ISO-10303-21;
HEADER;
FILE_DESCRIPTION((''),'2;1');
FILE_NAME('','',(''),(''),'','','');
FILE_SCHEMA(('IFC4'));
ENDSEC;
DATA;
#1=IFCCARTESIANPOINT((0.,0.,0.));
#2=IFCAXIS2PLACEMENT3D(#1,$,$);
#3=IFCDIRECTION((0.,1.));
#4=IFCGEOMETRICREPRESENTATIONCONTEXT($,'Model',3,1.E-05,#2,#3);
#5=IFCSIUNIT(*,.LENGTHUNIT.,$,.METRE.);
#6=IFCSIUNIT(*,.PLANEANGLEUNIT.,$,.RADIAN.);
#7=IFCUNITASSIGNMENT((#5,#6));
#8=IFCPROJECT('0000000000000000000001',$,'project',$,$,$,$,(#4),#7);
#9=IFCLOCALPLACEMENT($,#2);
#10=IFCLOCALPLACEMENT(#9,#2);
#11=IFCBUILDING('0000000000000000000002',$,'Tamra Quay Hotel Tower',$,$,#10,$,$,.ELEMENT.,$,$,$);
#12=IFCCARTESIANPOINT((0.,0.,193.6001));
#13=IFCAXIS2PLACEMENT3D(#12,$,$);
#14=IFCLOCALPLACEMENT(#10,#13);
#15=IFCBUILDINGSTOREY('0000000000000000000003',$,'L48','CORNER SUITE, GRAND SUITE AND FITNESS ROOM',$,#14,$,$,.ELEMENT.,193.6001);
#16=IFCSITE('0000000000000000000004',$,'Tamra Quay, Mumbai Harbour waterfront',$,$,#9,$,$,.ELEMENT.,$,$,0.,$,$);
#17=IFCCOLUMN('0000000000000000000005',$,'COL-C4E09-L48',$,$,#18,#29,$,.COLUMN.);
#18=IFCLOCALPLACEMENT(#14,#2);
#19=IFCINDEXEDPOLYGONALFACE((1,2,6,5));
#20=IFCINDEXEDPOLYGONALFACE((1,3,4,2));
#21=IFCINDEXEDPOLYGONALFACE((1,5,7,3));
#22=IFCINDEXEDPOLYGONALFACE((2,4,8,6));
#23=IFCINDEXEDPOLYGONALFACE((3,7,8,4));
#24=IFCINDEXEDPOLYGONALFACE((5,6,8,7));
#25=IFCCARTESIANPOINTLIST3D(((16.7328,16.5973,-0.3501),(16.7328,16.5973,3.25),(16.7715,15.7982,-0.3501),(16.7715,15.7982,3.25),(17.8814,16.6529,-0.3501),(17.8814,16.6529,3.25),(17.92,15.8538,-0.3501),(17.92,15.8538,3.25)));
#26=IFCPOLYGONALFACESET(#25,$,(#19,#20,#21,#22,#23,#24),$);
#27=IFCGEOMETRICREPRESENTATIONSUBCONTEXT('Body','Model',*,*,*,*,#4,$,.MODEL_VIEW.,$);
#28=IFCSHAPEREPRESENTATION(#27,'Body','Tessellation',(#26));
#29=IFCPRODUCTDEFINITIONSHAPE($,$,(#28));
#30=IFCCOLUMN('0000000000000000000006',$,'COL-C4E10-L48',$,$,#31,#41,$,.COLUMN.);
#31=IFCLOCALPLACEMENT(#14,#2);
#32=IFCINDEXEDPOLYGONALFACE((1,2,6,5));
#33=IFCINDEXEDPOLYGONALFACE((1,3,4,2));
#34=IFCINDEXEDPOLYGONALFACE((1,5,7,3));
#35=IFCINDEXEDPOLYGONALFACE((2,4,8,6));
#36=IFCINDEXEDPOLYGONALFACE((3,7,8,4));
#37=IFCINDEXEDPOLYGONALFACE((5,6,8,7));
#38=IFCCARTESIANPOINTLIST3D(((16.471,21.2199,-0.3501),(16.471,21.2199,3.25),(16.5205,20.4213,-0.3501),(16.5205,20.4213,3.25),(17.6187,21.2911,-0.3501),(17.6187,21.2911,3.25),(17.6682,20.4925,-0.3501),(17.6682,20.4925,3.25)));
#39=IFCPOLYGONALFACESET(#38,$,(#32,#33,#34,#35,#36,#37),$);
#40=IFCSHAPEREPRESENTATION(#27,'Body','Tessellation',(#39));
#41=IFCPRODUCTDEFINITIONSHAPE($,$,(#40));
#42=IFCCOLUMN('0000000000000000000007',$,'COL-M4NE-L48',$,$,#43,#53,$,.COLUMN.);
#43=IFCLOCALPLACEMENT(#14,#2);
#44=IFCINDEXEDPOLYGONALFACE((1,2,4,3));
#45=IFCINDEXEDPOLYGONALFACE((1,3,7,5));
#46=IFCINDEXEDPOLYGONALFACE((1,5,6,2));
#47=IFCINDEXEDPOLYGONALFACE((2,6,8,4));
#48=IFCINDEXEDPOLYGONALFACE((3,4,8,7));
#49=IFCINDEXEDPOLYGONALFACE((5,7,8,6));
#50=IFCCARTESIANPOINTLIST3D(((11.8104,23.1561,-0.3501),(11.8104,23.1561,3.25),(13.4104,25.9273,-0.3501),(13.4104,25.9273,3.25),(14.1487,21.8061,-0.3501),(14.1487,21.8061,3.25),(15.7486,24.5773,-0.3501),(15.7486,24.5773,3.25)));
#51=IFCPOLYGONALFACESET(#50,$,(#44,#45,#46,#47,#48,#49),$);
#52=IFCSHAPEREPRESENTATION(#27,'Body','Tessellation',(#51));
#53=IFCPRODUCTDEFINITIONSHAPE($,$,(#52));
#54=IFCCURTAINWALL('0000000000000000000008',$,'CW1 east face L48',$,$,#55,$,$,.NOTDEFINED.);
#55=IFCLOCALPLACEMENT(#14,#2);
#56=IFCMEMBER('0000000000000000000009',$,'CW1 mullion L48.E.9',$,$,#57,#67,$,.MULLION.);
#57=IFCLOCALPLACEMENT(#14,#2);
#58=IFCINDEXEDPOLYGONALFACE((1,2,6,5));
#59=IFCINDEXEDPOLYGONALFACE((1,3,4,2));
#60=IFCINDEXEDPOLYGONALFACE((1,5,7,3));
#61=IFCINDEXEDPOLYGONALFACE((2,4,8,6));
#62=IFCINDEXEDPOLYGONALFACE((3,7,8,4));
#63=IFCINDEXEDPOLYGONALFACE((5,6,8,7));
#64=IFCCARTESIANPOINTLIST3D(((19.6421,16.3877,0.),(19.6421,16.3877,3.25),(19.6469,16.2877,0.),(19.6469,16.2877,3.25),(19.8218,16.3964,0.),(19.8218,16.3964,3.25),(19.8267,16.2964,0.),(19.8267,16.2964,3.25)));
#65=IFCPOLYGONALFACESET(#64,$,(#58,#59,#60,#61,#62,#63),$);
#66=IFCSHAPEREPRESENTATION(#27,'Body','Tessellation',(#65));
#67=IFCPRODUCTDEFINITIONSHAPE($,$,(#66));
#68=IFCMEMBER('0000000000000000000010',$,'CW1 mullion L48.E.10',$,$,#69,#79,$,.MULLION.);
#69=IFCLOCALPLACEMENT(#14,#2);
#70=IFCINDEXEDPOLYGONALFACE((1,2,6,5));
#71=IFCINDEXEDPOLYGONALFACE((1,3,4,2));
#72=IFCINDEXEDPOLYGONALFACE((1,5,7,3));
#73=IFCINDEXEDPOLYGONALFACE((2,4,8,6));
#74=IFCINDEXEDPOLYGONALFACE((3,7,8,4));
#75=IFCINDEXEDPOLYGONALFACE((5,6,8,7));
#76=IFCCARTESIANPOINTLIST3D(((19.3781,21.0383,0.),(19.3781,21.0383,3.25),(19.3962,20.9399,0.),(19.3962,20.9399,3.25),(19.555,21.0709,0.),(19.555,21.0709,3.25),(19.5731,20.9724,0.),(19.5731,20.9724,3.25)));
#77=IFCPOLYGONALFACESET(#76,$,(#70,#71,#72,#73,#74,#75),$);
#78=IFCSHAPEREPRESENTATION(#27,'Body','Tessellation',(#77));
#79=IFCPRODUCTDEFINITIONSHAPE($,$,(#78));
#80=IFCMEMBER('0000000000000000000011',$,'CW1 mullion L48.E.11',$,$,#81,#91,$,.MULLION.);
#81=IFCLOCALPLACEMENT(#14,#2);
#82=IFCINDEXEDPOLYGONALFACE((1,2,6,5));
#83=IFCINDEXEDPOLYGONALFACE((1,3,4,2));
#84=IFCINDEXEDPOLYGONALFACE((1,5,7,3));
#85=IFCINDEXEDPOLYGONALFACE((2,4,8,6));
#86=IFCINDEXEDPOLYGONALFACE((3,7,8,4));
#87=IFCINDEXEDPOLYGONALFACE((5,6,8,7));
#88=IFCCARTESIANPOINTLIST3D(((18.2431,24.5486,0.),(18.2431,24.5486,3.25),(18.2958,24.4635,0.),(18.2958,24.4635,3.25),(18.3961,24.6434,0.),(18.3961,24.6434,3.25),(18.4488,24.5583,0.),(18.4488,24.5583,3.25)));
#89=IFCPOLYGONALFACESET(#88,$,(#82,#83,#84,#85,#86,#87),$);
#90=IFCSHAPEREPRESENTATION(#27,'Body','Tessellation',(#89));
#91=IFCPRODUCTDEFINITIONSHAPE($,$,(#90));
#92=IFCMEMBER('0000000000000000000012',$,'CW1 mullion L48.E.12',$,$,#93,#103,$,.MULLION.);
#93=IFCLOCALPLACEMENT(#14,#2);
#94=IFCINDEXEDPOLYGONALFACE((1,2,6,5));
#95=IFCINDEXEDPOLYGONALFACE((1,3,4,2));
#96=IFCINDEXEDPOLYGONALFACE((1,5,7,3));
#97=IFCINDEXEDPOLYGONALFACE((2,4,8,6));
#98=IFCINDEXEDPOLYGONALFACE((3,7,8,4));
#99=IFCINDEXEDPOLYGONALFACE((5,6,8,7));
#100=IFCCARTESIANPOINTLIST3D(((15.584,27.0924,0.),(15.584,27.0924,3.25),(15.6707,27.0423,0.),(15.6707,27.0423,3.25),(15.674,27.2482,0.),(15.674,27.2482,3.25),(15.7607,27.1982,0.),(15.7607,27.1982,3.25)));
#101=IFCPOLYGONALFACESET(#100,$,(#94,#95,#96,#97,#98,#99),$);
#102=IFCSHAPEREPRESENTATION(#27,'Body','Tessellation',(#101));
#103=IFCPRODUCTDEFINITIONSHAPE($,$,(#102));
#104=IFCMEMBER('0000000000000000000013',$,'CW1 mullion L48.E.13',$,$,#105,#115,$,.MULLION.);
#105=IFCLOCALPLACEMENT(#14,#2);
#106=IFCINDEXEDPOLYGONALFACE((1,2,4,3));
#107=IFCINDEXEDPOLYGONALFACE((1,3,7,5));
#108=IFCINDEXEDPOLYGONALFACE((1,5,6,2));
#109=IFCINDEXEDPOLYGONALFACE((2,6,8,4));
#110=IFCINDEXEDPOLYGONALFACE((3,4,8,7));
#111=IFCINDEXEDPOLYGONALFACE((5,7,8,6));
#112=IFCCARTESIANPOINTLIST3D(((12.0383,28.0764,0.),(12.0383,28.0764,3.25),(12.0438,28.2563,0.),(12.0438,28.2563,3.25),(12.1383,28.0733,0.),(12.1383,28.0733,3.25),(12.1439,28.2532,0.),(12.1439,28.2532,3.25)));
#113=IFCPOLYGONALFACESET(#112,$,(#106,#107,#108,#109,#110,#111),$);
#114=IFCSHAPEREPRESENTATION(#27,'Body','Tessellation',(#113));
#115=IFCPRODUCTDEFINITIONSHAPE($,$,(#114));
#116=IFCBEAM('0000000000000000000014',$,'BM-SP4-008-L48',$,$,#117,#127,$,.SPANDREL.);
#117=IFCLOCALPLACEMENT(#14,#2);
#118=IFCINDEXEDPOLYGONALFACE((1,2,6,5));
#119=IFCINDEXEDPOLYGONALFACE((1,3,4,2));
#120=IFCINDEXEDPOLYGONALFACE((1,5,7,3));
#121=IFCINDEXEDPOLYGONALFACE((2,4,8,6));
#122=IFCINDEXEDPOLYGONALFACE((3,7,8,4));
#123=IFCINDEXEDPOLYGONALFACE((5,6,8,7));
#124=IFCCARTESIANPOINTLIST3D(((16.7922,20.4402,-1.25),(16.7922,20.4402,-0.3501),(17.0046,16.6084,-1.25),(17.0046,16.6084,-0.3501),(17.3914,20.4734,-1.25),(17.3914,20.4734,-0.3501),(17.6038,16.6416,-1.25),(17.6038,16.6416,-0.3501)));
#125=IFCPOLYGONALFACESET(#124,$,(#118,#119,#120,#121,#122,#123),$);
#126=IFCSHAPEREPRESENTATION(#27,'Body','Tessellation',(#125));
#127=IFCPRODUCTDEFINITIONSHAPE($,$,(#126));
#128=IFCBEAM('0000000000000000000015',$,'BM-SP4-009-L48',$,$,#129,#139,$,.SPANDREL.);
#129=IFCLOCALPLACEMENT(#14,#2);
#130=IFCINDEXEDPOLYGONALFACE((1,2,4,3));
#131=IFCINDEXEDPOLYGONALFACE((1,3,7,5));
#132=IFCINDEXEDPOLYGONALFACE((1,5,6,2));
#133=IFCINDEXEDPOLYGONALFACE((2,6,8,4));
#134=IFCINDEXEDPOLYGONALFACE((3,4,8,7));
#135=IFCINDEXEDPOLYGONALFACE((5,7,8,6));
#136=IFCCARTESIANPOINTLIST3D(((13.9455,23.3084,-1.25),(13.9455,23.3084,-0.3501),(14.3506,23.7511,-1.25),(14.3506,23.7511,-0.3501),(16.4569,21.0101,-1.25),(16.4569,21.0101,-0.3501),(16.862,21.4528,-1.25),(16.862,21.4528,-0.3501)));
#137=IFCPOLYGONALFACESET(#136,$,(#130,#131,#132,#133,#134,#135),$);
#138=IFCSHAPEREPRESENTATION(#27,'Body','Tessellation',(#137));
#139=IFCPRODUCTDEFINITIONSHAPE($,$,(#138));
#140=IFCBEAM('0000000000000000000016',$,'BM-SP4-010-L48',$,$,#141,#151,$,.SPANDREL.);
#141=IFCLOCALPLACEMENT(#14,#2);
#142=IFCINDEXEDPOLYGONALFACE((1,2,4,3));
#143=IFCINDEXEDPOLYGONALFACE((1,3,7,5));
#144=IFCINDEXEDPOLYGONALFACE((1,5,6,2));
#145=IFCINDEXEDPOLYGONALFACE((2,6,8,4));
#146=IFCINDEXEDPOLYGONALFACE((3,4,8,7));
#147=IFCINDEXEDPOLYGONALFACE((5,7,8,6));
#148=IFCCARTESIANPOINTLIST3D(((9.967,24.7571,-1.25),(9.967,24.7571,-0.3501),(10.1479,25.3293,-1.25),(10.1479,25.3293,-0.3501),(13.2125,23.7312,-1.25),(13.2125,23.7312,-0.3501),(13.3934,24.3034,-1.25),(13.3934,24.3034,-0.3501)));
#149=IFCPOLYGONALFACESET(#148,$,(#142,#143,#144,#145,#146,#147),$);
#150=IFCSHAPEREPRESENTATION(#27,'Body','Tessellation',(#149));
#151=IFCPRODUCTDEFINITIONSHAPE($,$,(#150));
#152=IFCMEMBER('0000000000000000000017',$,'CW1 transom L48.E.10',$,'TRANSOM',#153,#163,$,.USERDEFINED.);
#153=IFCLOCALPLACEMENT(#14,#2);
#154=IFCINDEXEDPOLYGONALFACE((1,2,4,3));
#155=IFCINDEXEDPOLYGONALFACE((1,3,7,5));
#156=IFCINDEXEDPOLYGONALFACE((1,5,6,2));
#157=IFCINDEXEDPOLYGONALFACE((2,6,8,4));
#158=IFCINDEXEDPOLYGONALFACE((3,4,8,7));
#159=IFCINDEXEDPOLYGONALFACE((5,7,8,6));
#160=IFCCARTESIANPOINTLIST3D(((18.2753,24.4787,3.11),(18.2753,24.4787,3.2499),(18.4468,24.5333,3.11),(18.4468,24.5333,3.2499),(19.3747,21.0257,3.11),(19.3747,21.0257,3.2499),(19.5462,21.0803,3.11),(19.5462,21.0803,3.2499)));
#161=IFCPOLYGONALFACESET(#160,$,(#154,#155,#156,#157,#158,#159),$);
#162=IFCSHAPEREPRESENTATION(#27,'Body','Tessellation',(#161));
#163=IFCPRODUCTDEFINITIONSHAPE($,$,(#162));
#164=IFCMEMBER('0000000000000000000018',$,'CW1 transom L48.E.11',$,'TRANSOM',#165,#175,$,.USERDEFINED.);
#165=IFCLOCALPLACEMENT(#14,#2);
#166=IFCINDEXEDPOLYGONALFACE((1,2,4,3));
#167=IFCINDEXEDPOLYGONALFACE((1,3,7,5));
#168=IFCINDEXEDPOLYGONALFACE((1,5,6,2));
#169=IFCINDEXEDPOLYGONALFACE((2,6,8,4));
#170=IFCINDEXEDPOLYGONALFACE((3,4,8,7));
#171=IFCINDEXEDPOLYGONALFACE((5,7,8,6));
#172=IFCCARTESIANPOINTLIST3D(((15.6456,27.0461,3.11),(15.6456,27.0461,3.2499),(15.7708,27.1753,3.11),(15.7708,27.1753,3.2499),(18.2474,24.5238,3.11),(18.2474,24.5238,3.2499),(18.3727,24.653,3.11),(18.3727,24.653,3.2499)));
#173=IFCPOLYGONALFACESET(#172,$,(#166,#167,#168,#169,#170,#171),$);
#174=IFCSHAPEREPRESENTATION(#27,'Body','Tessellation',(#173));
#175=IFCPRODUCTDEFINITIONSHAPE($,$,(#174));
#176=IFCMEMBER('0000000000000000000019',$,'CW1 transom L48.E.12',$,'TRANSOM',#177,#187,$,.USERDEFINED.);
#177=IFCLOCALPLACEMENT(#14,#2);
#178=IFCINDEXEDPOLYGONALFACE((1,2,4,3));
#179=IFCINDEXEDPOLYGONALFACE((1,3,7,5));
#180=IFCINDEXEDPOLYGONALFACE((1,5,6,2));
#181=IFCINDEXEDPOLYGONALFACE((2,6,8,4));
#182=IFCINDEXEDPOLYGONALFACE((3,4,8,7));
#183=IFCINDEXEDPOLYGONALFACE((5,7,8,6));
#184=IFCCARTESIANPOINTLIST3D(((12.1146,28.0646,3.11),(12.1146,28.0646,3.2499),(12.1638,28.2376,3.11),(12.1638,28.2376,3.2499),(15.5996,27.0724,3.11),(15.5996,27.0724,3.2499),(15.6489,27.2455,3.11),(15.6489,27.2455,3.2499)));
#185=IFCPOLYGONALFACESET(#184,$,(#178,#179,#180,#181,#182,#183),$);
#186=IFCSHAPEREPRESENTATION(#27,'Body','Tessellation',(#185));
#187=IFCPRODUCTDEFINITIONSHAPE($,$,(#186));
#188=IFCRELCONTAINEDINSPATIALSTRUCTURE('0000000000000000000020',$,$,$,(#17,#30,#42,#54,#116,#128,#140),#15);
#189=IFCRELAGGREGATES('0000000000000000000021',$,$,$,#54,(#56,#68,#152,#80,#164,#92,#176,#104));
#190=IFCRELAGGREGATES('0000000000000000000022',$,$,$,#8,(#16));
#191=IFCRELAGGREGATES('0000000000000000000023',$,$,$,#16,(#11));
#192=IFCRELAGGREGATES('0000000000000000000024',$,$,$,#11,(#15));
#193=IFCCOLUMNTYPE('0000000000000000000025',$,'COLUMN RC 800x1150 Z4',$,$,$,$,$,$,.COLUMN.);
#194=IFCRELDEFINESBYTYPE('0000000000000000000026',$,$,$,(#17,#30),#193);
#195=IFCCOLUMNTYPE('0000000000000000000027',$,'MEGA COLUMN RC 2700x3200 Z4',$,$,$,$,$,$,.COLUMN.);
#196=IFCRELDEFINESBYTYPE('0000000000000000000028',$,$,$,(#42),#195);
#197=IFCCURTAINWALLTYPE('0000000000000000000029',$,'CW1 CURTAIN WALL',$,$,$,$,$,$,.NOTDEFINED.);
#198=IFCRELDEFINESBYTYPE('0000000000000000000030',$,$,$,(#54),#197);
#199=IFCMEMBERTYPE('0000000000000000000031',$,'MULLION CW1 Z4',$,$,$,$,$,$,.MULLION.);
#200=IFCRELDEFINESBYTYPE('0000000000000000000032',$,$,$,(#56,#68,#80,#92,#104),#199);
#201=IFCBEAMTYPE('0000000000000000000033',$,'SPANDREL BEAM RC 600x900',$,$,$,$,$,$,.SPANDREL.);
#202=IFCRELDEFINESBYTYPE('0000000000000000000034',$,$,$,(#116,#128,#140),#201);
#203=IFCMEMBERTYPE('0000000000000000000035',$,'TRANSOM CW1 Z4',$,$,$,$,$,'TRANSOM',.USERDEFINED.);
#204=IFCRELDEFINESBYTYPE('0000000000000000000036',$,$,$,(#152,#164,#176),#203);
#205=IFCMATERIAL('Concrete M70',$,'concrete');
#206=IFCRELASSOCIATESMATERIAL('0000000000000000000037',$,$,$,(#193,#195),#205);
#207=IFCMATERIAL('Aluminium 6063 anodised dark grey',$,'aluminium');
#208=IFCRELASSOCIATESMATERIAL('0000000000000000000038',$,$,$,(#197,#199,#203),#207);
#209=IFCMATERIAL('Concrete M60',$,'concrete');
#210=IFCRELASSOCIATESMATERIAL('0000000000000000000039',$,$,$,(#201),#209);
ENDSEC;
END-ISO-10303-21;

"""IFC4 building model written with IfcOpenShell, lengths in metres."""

from ifc_helpers import new_model, si_unit, direction, frame, origin, origin_2d, place, context, subcontext, project, spatial, rectangle, extrude, material, material_profile, profile_set, type_object, element, aggregate, save


model = new_model("IFC4")

# Units and contexts
model_context = context("Model", 3, precision=1e-05, world=origin(), true_north=direction((0.0, 1.0)))
body_context = subcontext(model_context, "Body", "Model", "MODEL_VIEW")
ifc_project = project(units=[si_unit("LENGTHUNIT", "METRE"), si_unit("PLANEANGLEUNIT", "RADIAN")], contexts=[model_context])

# Site, building, storey
site_placement = place(None, origin())
site = spatial("IfcSite", under=ifc_project, at=site_placement, Name="Tamra Quay, Mumbai Harbour waterfront", CompositionType="ELEMENT", RefElevation=0.0)
building_placement = place(site_placement, origin())
building = spatial("IfcBuilding", under=site, at=building_placement, Name="Tamra Quay Hotel Tower", CompositionType="ELEMENT")
storey_placement = place(building_placement, frame((0.0, 0.0, 193.6001)))
storey = spatial("IfcBuildingStorey", under=building, at=storey_placement, Name="L48", Description="CORNER SUITE, GRAND SUITE AND FITNESS ROOM", CompositionType="ELEMENT", Elevation=193.6001)

# Columns
ifc_material_1 = material(Name="Concrete M70", Category="concrete")
ifc_material_profile_1 = material_profile(ifc_material_1, rectangle(XDim=1.1499, YDim=0.8, at=origin_2d()), Name="COLUMN RC 800x1150 Z4")
ifc_profile_set_1 = profile_set([ifc_material_profile_1], Name="Concrete M70")
column_type_1 = type_object("IfcColumnType", Name="COLUMN RC 800x1150 Z4", PredefinedType="COLUMN", material=ifc_profile_set_1)
for number, where, z_axis, x_axis, name in (
    (1, (17.3264, 16.2256, -0.3501), (0.0, 0.0, 1.0), (0.998831, 0.048344, 0.0), "COL-C4E09-L48"),
    (2, (17.0696, 20.8562, -0.3501), (0.0, 0.0, 1.0), (0.998081, 0.061921, 0.0), "COL-C4E10-L48"),
):
    element("IfcColumn", number, at=place(storey_placement, frame(where, z_axis=z_axis, x_axis=x_axis)), inside=storey, type_object=column_type_1, Name=name, PredefinedType="COLUMN", context=body_context, shape_type="SweptSolid", body=[
        extrude(rectangle(XDim=1.1499, YDim=0.8, at=origin_2d()), origin(), (0.0, 0.0, 1.0), 3.6001),
    ])
ifc_material_profile_2 = material_profile(ifc_material_1, rectangle(XDim=3.2, YDim=2.7, at=origin_2d()), Name="MEGA COLUMN RC 2700x3200 Z4")
ifc_profile_set_2 = profile_set([ifc_material_profile_2], Name="Concrete M70")
column_type_2 = type_object("IfcColumnType", Name="MEGA COLUMN RC 2700x3200 Z4", PredefinedType="COLUMN", material=ifc_profile_set_2)
column_placement = place(storey_placement, frame((13.7795, 23.8667, -0.3501), z_axis=(0.0, 0.0, 1.0), x_axis=(0.5, 0.866025, 0.0)))
element("IfcColumn", 3, at=column_placement, inside=storey, type_object=column_type_2, Name="COL-M4NE-L48", PredefinedType="COLUMN", context=body_context, shape_type="SweptSolid", body=[
    extrude(rectangle(XDim=3.2, YDim=2.7, at=origin_2d()), origin(), (0.0, 0.0, 1.0), 3.6001),
])

# Curtain wall, members
ifc_material_2 = material(Name="Aluminium 6063 anodised dark grey", Category="aluminium")
curtain_wall_type = type_object("IfcCurtainWallType", Name="CW1 CURTAIN WALL", PredefinedType="NOTDEFINED", material=ifc_material_2)
curtain_wall_placement = place(storey_placement, origin())
curtain_wall = element("IfcCurtainWall", 4, at=curtain_wall_placement, inside=storey, type_object=curtain_wall_type, Name="CW1 east face L48", PredefinedType="NOTDEFINED")
ifc_material_profile_3 = material_profile(ifc_material_2, rectangle(XDim=0.1799, YDim=0.1001, at=origin_2d()), Name="MULLION 100X180")
ifc_profile_set_3 = profile_set([ifc_material_profile_3], Name="Aluminium 6063 anodised dark grey")
member_type_1 = type_object("IfcMemberType", Name="MULLION CW1 Z4", PredefinedType="MULLION", material=ifc_profile_set_3)
member_1_placement = place(storey_placement, frame((19.7344, 16.342, 0.0), z_axis=(0.0, 0.0, 1.0), x_axis=(0.998823, 0.048509, 0.0)))
member_1 = element("IfcMember", 5, at=member_1_placement, type_object=member_type_1, Name="CW1 mullion L48.E.9", PredefinedType="MULLION", context=body_context, shape_type="SweptSolid", body=[
    extrude(rectangle(XDim=0.1799, YDim=0.1001, at=origin_2d()), origin(), (0.0, 0.0, 1.0), 3.25),
])
member_2_placement = place(storey_placement, frame((19.4756, 21.0054, 0.0), z_axis=(0.0, 0.0, 1.0), x_axis=(0.983509, 0.180857, 0.0)))
member_2 = element("IfcMember", 6, at=member_2_placement, type_object=member_type_1, Name="CW1 mullion L48.E.10", PredefinedType="MULLION", context=body_context, shape_type="SweptSolid", body=[
    extrude(rectangle(XDim=0.1799, YDim=0.1001, at=origin_2d()), origin(), (0.0, 0.0, 1.0), 3.25),
])
member_3_placement = place(storey_placement, frame((18.3459, 24.5535, 0.0), z_axis=(0.0, 0.0, 1.0), x_axis=(0.850122, 0.526586, 0.0)))
member_3 = element("IfcMember", 7, at=member_3_placement, type_object=member_type_1, Name="CW1 mullion L48.E.11", PredefinedType="MULLION", context=body_context, shape_type="SweptSolid", body=[
    extrude(rectangle(XDim=0.1799, YDim=0.1001, at=origin_2d()), origin(), (0.0, 0.0, 1.0), 3.25),
])
member_4_placement = place(storey_placement, frame((15.6724, 27.1453, 0.0), z_axis=(0.0, 0.0, 1.0), x_axis=(0.5, 0.866025, 0.0)))
member_4 = element("IfcMember", 8, at=member_4_placement, type_object=member_type_1, Name="CW1 mullion L48.E.12", PredefinedType="MULLION", context=body_context, shape_type="SweptSolid", body=[
    extrude(rectangle(XDim=0.1799, YDim=0.1001, at=origin_2d()), origin(), (0.0, 0.0, 1.0), 3.25),
])
member_5_placement = place(storey_placement, frame((12.0911, 28.1648, 0.0), z_axis=(0.0, 0.0, 1.0), x_axis=(0.030975, 0.99952, 0.0)))
member_5 = element("IfcMember", 9, at=member_5_placement, type_object=member_type_1, Name="CW1 mullion L48.E.13", PredefinedType="MULLION", context=body_context, shape_type="SweptSolid", body=[
    extrude(rectangle(XDim=0.1799, YDim=0.1001, at=origin_2d()), origin(), (0.0, 0.0, 1.0), 3.25),
])

# Beams
ifc_material_3 = material(Name="Concrete M60", Category="concrete")
ifc_material_profile_4 = material_profile(ifc_material_3, rectangle(XDim=0.6001, YDim=0.8999, at=origin_2d()), Name="SPANDREL BEAM RC 600x900")
ifc_profile_set_4 = profile_set([ifc_material_profile_4], Name="Concrete M60")
beam_type = type_object("IfcBeamType", Name="SPANDREL BEAM RC 600x900", PredefinedType="SPANDREL", material=ifc_profile_set_4)
beam_1_placement = place(storey_placement, frame((17.3042, 16.625, -0.8), z_axis=(-0.055347, 0.998467, 0.0), x_axis=(-0.998467, -0.055347, 0.0)))
element("IfcBeam", 10, at=beam_1_placement, inside=storey, type_object=beam_type, Name="BM-SP4-008-L48", PredefinedType="SPANDREL", context=body_context, shape_type="SweptSolid", body=[
    extrude(rectangle(XDim=0.6001, YDim=0.8999, at=origin_2d()), origin(), (0.0, 0.0, 1.0), 3.8376),
])
beam_2_placement = place(storey_placement, frame((16.6594, 21.2314, -0.8), z_axis=(-0.737716, 0.675111, 0.0), x_axis=(-0.675111, -0.737716, 0.0)))
element("IfcBeam", 11, at=beam_2_placement, inside=storey, type_object=beam_type, Name="BM-SP4-009-L48", PredefinedType="SPANDREL", context=body_context, shape_type="SweptSolid", body=[
    extrude(rectangle(XDim=0.6001, YDim=0.8999, at=origin_2d()), origin(), (0.0, 0.0, 1.0), 3.4043),
])
beam_3_placement = place(storey_placement, frame((13.303, 24.0173, -0.8), z_axis=(-0.953502, 0.301385, 0.0), x_axis=(-0.301385, -0.953502, 0.0)))
element("IfcBeam", 12, at=beam_3_placement, inside=storey, type_object=beam_type, Name="BM-SP4-010-L48", PredefinedType="SPANDREL", context=body_context, shape_type="SweptSolid", body=[
    extrude(rectangle(XDim=0.6001, YDim=0.8999, at=origin_2d()), origin(), (0.0, 0.0, 1.0), 3.4038),
])

# Members
ifc_material_profile_5 = material_profile(ifc_material_2, rectangle(XDim=0.1799, YDim=0.1399, at=origin_2d()), Name="TRANSOM 180X140")
ifc_profile_set_5 = profile_set([ifc_material_profile_5], Name="Aluminium 6063 anodised dark grey")
member_type_2 = type_object("IfcMemberType", Name="TRANSOM CW1 Z4", ElementType="TRANSOM", PredefinedType="USERDEFINED", material=ifc_profile_set_5)
member_6_placement = place(storey_placement, frame((19.4604, 21.053, 3.1799), z_axis=(-0.303384, 0.952868, 0.0), x_axis=(-0.952868, -0.303384, 0.0)))
member_6 = element("IfcMember", 13, at=member_6_placement, type_object=member_type_2, Name="CW1 transom L48.E.10", ObjectType="TRANSOM", PredefinedType="USERDEFINED", context=body_context, shape_type="SweptSolid", body=[
    extrude(rectangle(XDim=0.1799, YDim=0.1399, at=origin_2d()), origin(), (0.0, 0.0, 1.0), 3.6238),
])
member_7_placement = place(storey_placement, frame((18.3101, 24.5884, 3.1799), z_axis=(-0.718003, 0.69604, 0.0), x_axis=(-0.69604, -0.718003, 0.0)))
member_7 = element("IfcMember", 14, at=member_7_placement, type_object=member_type_2, Name="CW1 transom L48.E.11", ObjectType="TRANSOM", PredefinedType="USERDEFINED", context=body_context, shape_type="SweptSolid", body=[
    extrude(rectangle(XDim=0.1799, YDim=0.1399, at=origin_2d()), origin(), (0.0, 0.0, 1.0), 3.6238),
])
member_8_placement = place(storey_placement, frame((15.6243, 27.1589, 3.1799), z_axis=(-0.961783, 0.273813, 0.0), x_axis=(-0.273813, -0.961783, 0.0)))
member_8 = element("IfcMember", 15, at=member_8_placement, type_object=member_type_2, Name="CW1 transom L48.E.12", ObjectType="TRANSOM", PredefinedType="USERDEFINED", context=body_context, shape_type="SweptSolid", body=[
    extrude(rectangle(XDim=0.1799, YDim=0.1399, at=origin_2d()), origin(), (0.0, 0.0, 1.0), 3.6235),
])

aggregate(curtain_wall, [member_1, member_2, member_6, member_3, member_7, member_4, member_8, member_5])

save(model, "model.ifc")
